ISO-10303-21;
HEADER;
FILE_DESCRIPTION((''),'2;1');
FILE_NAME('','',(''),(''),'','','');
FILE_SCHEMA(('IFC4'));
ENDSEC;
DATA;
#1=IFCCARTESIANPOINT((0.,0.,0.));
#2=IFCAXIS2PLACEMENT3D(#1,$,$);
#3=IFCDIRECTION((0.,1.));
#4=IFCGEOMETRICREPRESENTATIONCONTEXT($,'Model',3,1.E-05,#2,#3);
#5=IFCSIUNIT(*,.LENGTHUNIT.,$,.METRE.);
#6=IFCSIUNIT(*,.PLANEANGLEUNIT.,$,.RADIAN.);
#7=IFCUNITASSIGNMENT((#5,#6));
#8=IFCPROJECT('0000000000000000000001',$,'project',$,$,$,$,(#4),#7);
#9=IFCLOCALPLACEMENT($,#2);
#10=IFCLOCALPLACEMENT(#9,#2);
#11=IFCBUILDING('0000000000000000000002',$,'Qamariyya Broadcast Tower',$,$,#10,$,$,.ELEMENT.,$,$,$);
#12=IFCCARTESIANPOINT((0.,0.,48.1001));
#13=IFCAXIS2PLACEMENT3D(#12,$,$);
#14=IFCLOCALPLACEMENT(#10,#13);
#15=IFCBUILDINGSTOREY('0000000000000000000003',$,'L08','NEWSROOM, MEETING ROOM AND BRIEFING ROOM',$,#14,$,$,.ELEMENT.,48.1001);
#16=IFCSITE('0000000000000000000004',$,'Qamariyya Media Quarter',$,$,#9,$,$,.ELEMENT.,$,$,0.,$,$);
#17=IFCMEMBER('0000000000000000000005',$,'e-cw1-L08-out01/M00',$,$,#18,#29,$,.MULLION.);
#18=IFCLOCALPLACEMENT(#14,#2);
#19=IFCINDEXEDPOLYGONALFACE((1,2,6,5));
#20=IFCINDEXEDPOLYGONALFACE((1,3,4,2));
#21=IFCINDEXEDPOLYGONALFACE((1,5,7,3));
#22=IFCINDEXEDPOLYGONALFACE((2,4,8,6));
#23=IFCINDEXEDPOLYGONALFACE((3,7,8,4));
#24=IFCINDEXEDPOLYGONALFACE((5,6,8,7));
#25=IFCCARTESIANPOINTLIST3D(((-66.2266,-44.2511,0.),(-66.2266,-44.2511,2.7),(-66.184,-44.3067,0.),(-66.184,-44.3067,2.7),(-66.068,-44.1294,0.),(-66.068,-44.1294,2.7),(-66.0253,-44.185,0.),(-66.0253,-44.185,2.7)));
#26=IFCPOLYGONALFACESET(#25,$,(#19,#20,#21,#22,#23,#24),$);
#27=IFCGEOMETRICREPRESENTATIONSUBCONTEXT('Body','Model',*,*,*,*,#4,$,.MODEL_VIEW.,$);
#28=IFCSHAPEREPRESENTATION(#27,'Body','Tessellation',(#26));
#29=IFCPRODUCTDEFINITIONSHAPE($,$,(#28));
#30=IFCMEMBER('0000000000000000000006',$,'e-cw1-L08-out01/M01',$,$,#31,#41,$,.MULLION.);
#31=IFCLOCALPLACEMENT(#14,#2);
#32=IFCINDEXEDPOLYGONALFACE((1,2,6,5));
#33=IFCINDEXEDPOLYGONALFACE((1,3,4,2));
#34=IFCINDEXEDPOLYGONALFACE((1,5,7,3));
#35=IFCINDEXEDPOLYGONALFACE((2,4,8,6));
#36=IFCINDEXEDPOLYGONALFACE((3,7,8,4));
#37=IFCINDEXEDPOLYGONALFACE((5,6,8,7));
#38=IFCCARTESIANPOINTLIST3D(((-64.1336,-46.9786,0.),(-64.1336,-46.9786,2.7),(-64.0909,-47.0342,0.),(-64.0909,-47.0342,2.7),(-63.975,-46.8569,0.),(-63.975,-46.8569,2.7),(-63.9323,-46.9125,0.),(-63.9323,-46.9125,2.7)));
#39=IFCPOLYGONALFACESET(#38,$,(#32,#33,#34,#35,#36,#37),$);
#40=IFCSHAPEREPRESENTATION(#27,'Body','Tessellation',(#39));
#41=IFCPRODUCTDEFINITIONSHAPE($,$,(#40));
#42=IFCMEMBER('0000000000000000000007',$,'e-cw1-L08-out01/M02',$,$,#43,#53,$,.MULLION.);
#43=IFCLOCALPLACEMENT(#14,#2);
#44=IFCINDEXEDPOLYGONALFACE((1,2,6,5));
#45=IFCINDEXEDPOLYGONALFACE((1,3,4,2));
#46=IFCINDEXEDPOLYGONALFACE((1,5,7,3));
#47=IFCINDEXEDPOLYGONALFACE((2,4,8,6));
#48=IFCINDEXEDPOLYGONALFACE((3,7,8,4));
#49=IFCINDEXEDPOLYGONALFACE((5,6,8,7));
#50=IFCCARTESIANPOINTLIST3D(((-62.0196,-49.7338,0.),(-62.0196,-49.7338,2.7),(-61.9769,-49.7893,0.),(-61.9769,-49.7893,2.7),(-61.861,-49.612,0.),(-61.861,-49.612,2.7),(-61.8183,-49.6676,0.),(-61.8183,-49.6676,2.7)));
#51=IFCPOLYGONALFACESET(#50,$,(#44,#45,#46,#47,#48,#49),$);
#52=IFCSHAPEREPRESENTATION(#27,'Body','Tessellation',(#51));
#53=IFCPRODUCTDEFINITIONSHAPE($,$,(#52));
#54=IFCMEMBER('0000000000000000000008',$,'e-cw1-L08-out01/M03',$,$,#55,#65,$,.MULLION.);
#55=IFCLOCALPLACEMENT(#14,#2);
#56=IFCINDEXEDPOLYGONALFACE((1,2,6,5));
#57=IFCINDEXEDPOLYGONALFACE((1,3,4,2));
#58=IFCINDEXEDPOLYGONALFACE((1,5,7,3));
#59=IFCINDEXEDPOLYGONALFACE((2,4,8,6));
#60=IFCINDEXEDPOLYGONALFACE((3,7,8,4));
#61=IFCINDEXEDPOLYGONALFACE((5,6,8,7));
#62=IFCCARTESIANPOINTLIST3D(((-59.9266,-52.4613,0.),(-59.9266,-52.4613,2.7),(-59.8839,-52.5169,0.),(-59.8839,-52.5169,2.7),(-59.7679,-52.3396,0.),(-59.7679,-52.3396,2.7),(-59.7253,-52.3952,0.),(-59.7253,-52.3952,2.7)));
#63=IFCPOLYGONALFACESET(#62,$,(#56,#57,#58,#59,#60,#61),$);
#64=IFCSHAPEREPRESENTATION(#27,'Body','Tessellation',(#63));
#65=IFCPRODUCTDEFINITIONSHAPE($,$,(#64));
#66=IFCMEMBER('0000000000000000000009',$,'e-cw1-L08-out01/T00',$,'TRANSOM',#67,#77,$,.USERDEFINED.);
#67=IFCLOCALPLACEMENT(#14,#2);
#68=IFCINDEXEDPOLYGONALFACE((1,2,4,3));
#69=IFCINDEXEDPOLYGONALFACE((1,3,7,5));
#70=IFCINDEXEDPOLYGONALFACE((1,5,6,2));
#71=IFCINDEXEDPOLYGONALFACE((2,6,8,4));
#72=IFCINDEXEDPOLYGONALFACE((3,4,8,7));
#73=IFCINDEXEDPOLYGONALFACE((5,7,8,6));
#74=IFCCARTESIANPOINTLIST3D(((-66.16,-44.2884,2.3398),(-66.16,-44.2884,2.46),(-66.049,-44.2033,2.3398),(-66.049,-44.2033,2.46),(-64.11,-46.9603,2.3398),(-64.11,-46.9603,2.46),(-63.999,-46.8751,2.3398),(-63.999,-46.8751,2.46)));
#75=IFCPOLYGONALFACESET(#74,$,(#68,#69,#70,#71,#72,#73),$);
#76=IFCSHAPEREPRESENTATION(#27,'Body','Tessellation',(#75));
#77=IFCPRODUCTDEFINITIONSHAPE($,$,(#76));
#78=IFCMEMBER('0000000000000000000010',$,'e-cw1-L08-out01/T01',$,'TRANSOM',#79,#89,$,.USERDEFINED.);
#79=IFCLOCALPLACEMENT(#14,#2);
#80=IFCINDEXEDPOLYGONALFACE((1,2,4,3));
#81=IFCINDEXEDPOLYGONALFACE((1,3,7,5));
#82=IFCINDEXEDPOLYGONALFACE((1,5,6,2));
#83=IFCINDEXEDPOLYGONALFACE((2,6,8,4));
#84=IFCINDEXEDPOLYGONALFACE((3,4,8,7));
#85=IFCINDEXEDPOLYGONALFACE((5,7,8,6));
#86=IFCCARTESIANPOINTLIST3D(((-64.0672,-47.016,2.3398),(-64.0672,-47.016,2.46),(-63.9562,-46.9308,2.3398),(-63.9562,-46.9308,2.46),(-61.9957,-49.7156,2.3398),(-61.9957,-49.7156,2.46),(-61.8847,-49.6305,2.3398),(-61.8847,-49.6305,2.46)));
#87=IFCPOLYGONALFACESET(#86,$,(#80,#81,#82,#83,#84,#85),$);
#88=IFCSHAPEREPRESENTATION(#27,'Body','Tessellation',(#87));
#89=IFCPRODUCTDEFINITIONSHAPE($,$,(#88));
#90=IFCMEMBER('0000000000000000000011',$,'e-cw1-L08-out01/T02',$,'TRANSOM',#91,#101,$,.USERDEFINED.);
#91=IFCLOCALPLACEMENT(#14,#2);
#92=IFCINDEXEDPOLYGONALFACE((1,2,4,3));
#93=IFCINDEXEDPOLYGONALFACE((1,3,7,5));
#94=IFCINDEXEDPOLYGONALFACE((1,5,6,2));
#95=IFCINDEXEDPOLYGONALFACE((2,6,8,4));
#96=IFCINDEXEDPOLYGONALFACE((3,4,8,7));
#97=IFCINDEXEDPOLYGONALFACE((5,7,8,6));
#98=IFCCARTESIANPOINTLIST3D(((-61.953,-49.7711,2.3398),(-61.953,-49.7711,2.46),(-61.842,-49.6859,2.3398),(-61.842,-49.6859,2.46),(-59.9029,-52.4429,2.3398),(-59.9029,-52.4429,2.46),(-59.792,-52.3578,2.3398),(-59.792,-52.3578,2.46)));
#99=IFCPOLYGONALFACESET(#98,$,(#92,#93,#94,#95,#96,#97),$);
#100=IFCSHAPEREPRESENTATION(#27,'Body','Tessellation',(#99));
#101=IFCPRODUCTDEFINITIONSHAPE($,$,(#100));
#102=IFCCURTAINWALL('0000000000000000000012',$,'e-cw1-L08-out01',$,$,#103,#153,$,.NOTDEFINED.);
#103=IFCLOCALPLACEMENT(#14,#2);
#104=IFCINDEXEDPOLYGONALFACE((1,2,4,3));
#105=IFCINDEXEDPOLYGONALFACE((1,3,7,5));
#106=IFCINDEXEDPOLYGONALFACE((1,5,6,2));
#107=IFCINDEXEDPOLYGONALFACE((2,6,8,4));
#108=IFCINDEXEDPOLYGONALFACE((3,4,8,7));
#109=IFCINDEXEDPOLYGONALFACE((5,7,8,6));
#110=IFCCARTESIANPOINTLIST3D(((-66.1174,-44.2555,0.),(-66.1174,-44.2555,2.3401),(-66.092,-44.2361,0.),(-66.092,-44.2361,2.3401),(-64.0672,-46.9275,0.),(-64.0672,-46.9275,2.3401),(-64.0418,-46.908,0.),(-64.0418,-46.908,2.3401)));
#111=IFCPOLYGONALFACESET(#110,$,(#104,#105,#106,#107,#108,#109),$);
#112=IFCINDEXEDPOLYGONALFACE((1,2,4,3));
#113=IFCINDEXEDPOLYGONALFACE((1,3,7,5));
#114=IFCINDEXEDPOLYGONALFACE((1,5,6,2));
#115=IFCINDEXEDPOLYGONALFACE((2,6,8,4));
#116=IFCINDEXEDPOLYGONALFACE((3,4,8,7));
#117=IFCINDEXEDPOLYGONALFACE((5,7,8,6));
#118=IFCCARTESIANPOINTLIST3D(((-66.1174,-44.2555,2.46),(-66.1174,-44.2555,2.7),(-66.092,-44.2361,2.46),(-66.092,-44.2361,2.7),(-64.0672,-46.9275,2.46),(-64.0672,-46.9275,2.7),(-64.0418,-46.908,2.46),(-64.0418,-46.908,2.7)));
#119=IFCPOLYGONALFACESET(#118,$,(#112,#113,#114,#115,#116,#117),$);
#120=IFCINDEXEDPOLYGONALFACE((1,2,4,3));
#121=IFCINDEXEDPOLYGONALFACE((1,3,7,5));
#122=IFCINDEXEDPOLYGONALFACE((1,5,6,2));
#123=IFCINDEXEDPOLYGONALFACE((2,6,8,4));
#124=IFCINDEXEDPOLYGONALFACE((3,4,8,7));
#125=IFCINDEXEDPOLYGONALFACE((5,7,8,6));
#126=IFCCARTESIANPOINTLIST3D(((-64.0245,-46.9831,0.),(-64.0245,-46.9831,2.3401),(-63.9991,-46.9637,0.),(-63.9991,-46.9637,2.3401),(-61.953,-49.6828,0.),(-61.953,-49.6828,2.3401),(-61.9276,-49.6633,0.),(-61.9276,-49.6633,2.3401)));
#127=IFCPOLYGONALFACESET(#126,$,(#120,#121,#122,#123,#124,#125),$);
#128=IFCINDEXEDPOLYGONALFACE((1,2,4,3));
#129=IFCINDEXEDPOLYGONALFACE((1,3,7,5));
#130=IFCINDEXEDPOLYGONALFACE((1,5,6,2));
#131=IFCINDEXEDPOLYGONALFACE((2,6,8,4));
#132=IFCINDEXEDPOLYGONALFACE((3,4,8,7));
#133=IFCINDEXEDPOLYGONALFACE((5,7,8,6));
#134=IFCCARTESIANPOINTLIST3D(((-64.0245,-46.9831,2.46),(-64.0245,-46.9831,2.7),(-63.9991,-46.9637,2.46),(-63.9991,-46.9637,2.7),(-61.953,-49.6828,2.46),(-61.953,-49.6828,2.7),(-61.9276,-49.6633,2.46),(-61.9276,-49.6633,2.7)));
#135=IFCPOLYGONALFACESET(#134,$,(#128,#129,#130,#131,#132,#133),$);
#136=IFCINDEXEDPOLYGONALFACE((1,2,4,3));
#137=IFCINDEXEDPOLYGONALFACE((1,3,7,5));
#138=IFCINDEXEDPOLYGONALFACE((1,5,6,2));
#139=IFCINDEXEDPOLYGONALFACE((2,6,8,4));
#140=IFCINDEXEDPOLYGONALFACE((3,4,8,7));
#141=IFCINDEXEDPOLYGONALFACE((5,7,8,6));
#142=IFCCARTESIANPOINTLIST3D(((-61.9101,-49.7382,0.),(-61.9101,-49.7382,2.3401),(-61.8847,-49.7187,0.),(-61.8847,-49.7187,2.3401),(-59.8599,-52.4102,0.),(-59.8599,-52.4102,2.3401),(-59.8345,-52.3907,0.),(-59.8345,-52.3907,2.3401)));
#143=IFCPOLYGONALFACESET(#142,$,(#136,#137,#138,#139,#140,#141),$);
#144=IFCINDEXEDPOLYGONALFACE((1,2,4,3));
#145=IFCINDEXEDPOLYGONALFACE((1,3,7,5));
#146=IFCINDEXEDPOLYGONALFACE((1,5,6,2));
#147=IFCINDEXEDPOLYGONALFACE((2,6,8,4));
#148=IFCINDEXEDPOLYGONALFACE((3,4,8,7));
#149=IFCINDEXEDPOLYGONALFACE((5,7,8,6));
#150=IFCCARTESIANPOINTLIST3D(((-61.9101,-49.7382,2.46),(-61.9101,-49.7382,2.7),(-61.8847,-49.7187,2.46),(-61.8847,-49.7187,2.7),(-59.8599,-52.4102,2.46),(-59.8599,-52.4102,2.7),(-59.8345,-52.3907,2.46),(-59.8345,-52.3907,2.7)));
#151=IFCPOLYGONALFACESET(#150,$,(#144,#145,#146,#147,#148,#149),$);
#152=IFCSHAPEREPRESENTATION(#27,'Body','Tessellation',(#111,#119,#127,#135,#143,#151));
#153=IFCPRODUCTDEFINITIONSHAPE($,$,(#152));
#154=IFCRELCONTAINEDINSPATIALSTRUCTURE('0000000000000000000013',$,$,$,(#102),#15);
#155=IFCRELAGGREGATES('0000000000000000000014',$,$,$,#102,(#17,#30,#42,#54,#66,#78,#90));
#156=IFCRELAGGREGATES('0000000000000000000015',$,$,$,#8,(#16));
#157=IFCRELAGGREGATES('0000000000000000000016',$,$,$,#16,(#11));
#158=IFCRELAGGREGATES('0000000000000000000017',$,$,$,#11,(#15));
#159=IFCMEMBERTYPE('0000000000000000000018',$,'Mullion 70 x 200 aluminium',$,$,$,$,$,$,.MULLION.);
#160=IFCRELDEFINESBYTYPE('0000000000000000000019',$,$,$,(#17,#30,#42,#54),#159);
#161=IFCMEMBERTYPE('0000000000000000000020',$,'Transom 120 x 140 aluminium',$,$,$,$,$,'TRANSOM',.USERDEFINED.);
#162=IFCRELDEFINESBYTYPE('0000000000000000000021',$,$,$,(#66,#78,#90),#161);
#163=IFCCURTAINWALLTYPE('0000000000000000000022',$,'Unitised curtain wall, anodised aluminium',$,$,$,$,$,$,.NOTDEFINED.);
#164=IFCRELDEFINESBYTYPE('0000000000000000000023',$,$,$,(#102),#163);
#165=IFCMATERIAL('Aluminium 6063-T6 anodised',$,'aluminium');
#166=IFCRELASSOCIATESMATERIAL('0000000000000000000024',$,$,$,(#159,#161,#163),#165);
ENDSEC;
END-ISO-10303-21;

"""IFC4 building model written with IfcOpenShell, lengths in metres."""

from ifc_helpers import new_model, si_unit, direction, frame, origin, origin_2d, place, context, subcontext, project, spatial, rectangle, extrude, material, material_profile, profile_set, type_object, element, aggregate, save


model = new_model("IFC4")

# Units and contexts
model_context = context("Model", 3, precision=1e-05, world=origin(), true_north=direction((0.0, 1.0)))
body_context = subcontext(model_context, "Body", "Model", "MODEL_VIEW")
ifc_project = project(units=[si_unit("LENGTHUNIT", "METRE"), si_unit("PLANEANGLEUNIT", "RADIAN")], contexts=[model_context])

# Members
ifc_material_1 = material(Name="Aluminium 6063-T6 anodised", Category="aluminium")
ifc_material_profile_1 = material_profile(ifc_material_1, rectangle(XDim=0.2, YDim=0.0701, at=origin_2d()))
ifc_profile_set_1 = profile_set([ifc_material_profile_1], Name="Aluminium 6063-T6 anodised")
member_type_1 = type_object("IfcMemberType", Name="Mullion 70 x 200 aluminium", PredefinedType="MULLION", material=ifc_profile_set_1)
site_placement = place(None, origin())
building_placement = place(site_placement, origin())
storey_placement = place(building_placement, frame((0.0, 0.0, 48.1001)))
member_1_placement = place(storey_placement, frame((-66.126, -44.218, 0.0), z_axis=(0.0, 0.0, 1.0), x_axis=(0.793353, 0.608761, 0.0)))
member_1 = element("IfcMember", 1, at=member_1_placement, type_object=member_type_1, Name="e-cw1-L08-out01/M00", PredefinedType="MULLION", context=body_context, shape_type="SweptSolid", body=[
    extrude(rectangle(XDim=0.2, YDim=0.0701, at=origin_2d()), origin(), (0.0, 0.0, 1.0), 2.7),
])
member_2_placement = place(storey_placement, frame((-64.033, -46.9456, 0.0), z_axis=(0.0, 0.0, 1.0), x_axis=(0.793353, 0.608761, 0.0)))
member_2 = element("IfcMember", 2, at=member_2_placement, type_object=member_type_1, Name="e-cw1-L08-out01/M01", PredefinedType="MULLION", context=body_context, shape_type="SweptSolid", body=[
    extrude(rectangle(XDim=0.2, YDim=0.0701, at=origin_2d()), origin(), (0.0, 0.0, 1.0), 2.7),
])
member_3_placement = place(storey_placement, frame((-61.9189, -49.7007, 0.0), z_axis=(0.0, 0.0, 1.0), x_axis=(0.793353, 0.608761, 0.0)))
member_3 = element("IfcMember", 3, at=member_3_placement, type_object=member_type_1, Name="e-cw1-L08-out01/M02", PredefinedType="MULLION", context=body_context, shape_type="SweptSolid", body=[
    extrude(rectangle(XDim=0.2, YDim=0.0701, at=origin_2d()), origin(), (0.0, 0.0, 1.0), 2.7),
])
member_4_placement = place(storey_placement, frame((-59.8259, -52.4282, 0.0), z_axis=(0.0, 0.0, 1.0), x_axis=(0.793353, 0.608761, 0.0)))
member_4 = element("IfcMember", 4, at=member_4_placement, type_object=member_type_1, Name="e-cw1-L08-out01/M03", PredefinedType="MULLION", context=body_context, shape_type="SweptSolid", body=[
    extrude(rectangle(XDim=0.2, YDim=0.0701, at=origin_2d()), origin(), (0.0, 0.0, 1.0), 2.7),
])
ifc_material_profile_2 = material_profile(ifc_material_1, rectangle(XDim=0.1399, YDim=0.1201, at=origin_2d()))
ifc_profile_set_2 = profile_set([ifc_material_profile_2], Name="Aluminium 6063-T6 anodised")
member_type_2 = type_object("IfcMemberType", Name="Transom 120 x 140 aluminium", ElementType="TRANSOM", PredefinedType="USERDEFINED", material=ifc_profile_set_2)
member_5_placement = place(storey_placement, frame((-66.1045, -44.2458, 2.3999), z_axis=(0.608733, -0.793375, 0.0), x_axis=(0.793375, 0.608733, 0.0)))
member_5 = element("IfcMember", 5, at=member_5_placement, type_object=member_type_2, Name="e-cw1-L08-out01/T00", ObjectType="TRANSOM", PredefinedType="USERDEFINED", context=body_context, shape_type="SweptSolid", body=[
    extrude(rectangle(XDim=0.1399, YDim=0.1201, at=origin_2d()), origin(), (0.0, 0.0, 1.0), 3.3677),
])
member_6_placement = place(storey_placement, frame((-64.0117, -46.9734, 2.3999), z_axis=(0.608757, -0.793357, 0.0), x_axis=(0.793357, 0.608757, 0.0)))
member_6 = element("IfcMember", 6, at=member_6_placement, type_object=member_type_2, Name="e-cw1-L08-out01/T01", ObjectType="TRANSOM", PredefinedType="USERDEFINED", context=body_context, shape_type="SweptSolid", body=[
    extrude(rectangle(XDim=0.1399, YDim=0.1201, at=origin_2d()), origin(), (0.0, 0.0, 1.0), 3.4028),
])
member_7_placement = place(storey_placement, frame((-61.8975, -49.7285, 2.3999), z_axis=(0.608733, -0.793375, 0.0), x_axis=(0.793375, 0.608733, 0.0)))
member_7 = element("IfcMember", 7, at=member_7_placement, type_object=member_type_2, Name="e-cw1-L08-out01/T02", ObjectType="TRANSOM", PredefinedType="USERDEFINED", context=body_context, shape_type="SweptSolid", body=[
    extrude(rectangle(XDim=0.1399, YDim=0.1201, at=origin_2d()), origin(), (0.0, 0.0, 1.0), 3.3677),
])

# Site, building, storey
site = spatial("IfcSite", under=ifc_project, at=site_placement, Name="Qamariyya Media Quarter", CompositionType="ELEMENT", RefElevation=0.0)
building = spatial("IfcBuilding", under=site, at=building_placement, Name="Qamariyya Broadcast Tower", CompositionType="ELEMENT")
storey = spatial("IfcBuildingStorey", under=building, at=storey_placement, Name="L08", Description="NEWSROOM, MEETING ROOM AND BRIEFING ROOM", CompositionType="ELEMENT", Elevation=48.1001)

# Curtain wall
curtain_wall_type = type_object("IfcCurtainWallType", Name="Unitised curtain wall, anodised aluminium", PredefinedType="NOTDEFINED", material=ifc_material_1)
curtain_wall_1_placement = place(storey_placement, origin())
curtain_wall_1 = element("IfcCurtainWall", 8, at=curtain_wall_1_placement, inside=storey, type_object=curtain_wall_type, Name="e-cw1-L08-out01", PredefinedType="NOTDEFINED", context=body_context, shape_type="SweptSolid", body=[
    extrude(rectangle(XDim=3.3679, YDim=0.032, at=origin_2d()), frame((-65.0796, -45.5818, 0.0), x_axis=(0.608756, -0.793358, 0.0)), (0.0, 0.0, 1.0), 2.3401),
    extrude(rectangle(XDim=3.3679, YDim=0.032, at=origin_2d()), frame((-65.0796, -45.5818, 2.46), x_axis=(0.608756, -0.793358, 0.0)), (0.0, 0.0, 1.0), 0.24),
    extrude(rectangle(XDim=3.4028, YDim=0.032, at=origin_2d()), frame((-62.9761, -48.3232, 0.0), x_axis=(0.608756, -0.793358, 0.0)), (0.0, 0.0, 1.0), 2.3401),
    extrude(rectangle(XDim=3.4028, YDim=0.032, at=origin_2d()), frame((-62.9761, -48.3232, 2.46), x_axis=(0.608756, -0.793358, 0.0)), (0.0, 0.0, 1.0), 0.24),
    extrude(rectangle(XDim=3.3679, YDim=0.032, at=origin_2d()), frame((-60.8723, -51.0645, 0.0), x_axis=(0.608756, -0.793358, 0.0)), (0.0, 0.0, 1.0), 2.3401),
    extrude(rectangle(XDim=3.3679, YDim=0.032, at=origin_2d()), frame((-60.8723, -51.0645, 2.46), x_axis=(0.608756, -0.793358, 0.0)), (0.0, 0.0, 1.0), 0.24),
])
aggregate(curtain_wall_1, [member_1, member_2, member_3, member_4, member_5, member_6, member_7])

save(model, "model.ifc")
